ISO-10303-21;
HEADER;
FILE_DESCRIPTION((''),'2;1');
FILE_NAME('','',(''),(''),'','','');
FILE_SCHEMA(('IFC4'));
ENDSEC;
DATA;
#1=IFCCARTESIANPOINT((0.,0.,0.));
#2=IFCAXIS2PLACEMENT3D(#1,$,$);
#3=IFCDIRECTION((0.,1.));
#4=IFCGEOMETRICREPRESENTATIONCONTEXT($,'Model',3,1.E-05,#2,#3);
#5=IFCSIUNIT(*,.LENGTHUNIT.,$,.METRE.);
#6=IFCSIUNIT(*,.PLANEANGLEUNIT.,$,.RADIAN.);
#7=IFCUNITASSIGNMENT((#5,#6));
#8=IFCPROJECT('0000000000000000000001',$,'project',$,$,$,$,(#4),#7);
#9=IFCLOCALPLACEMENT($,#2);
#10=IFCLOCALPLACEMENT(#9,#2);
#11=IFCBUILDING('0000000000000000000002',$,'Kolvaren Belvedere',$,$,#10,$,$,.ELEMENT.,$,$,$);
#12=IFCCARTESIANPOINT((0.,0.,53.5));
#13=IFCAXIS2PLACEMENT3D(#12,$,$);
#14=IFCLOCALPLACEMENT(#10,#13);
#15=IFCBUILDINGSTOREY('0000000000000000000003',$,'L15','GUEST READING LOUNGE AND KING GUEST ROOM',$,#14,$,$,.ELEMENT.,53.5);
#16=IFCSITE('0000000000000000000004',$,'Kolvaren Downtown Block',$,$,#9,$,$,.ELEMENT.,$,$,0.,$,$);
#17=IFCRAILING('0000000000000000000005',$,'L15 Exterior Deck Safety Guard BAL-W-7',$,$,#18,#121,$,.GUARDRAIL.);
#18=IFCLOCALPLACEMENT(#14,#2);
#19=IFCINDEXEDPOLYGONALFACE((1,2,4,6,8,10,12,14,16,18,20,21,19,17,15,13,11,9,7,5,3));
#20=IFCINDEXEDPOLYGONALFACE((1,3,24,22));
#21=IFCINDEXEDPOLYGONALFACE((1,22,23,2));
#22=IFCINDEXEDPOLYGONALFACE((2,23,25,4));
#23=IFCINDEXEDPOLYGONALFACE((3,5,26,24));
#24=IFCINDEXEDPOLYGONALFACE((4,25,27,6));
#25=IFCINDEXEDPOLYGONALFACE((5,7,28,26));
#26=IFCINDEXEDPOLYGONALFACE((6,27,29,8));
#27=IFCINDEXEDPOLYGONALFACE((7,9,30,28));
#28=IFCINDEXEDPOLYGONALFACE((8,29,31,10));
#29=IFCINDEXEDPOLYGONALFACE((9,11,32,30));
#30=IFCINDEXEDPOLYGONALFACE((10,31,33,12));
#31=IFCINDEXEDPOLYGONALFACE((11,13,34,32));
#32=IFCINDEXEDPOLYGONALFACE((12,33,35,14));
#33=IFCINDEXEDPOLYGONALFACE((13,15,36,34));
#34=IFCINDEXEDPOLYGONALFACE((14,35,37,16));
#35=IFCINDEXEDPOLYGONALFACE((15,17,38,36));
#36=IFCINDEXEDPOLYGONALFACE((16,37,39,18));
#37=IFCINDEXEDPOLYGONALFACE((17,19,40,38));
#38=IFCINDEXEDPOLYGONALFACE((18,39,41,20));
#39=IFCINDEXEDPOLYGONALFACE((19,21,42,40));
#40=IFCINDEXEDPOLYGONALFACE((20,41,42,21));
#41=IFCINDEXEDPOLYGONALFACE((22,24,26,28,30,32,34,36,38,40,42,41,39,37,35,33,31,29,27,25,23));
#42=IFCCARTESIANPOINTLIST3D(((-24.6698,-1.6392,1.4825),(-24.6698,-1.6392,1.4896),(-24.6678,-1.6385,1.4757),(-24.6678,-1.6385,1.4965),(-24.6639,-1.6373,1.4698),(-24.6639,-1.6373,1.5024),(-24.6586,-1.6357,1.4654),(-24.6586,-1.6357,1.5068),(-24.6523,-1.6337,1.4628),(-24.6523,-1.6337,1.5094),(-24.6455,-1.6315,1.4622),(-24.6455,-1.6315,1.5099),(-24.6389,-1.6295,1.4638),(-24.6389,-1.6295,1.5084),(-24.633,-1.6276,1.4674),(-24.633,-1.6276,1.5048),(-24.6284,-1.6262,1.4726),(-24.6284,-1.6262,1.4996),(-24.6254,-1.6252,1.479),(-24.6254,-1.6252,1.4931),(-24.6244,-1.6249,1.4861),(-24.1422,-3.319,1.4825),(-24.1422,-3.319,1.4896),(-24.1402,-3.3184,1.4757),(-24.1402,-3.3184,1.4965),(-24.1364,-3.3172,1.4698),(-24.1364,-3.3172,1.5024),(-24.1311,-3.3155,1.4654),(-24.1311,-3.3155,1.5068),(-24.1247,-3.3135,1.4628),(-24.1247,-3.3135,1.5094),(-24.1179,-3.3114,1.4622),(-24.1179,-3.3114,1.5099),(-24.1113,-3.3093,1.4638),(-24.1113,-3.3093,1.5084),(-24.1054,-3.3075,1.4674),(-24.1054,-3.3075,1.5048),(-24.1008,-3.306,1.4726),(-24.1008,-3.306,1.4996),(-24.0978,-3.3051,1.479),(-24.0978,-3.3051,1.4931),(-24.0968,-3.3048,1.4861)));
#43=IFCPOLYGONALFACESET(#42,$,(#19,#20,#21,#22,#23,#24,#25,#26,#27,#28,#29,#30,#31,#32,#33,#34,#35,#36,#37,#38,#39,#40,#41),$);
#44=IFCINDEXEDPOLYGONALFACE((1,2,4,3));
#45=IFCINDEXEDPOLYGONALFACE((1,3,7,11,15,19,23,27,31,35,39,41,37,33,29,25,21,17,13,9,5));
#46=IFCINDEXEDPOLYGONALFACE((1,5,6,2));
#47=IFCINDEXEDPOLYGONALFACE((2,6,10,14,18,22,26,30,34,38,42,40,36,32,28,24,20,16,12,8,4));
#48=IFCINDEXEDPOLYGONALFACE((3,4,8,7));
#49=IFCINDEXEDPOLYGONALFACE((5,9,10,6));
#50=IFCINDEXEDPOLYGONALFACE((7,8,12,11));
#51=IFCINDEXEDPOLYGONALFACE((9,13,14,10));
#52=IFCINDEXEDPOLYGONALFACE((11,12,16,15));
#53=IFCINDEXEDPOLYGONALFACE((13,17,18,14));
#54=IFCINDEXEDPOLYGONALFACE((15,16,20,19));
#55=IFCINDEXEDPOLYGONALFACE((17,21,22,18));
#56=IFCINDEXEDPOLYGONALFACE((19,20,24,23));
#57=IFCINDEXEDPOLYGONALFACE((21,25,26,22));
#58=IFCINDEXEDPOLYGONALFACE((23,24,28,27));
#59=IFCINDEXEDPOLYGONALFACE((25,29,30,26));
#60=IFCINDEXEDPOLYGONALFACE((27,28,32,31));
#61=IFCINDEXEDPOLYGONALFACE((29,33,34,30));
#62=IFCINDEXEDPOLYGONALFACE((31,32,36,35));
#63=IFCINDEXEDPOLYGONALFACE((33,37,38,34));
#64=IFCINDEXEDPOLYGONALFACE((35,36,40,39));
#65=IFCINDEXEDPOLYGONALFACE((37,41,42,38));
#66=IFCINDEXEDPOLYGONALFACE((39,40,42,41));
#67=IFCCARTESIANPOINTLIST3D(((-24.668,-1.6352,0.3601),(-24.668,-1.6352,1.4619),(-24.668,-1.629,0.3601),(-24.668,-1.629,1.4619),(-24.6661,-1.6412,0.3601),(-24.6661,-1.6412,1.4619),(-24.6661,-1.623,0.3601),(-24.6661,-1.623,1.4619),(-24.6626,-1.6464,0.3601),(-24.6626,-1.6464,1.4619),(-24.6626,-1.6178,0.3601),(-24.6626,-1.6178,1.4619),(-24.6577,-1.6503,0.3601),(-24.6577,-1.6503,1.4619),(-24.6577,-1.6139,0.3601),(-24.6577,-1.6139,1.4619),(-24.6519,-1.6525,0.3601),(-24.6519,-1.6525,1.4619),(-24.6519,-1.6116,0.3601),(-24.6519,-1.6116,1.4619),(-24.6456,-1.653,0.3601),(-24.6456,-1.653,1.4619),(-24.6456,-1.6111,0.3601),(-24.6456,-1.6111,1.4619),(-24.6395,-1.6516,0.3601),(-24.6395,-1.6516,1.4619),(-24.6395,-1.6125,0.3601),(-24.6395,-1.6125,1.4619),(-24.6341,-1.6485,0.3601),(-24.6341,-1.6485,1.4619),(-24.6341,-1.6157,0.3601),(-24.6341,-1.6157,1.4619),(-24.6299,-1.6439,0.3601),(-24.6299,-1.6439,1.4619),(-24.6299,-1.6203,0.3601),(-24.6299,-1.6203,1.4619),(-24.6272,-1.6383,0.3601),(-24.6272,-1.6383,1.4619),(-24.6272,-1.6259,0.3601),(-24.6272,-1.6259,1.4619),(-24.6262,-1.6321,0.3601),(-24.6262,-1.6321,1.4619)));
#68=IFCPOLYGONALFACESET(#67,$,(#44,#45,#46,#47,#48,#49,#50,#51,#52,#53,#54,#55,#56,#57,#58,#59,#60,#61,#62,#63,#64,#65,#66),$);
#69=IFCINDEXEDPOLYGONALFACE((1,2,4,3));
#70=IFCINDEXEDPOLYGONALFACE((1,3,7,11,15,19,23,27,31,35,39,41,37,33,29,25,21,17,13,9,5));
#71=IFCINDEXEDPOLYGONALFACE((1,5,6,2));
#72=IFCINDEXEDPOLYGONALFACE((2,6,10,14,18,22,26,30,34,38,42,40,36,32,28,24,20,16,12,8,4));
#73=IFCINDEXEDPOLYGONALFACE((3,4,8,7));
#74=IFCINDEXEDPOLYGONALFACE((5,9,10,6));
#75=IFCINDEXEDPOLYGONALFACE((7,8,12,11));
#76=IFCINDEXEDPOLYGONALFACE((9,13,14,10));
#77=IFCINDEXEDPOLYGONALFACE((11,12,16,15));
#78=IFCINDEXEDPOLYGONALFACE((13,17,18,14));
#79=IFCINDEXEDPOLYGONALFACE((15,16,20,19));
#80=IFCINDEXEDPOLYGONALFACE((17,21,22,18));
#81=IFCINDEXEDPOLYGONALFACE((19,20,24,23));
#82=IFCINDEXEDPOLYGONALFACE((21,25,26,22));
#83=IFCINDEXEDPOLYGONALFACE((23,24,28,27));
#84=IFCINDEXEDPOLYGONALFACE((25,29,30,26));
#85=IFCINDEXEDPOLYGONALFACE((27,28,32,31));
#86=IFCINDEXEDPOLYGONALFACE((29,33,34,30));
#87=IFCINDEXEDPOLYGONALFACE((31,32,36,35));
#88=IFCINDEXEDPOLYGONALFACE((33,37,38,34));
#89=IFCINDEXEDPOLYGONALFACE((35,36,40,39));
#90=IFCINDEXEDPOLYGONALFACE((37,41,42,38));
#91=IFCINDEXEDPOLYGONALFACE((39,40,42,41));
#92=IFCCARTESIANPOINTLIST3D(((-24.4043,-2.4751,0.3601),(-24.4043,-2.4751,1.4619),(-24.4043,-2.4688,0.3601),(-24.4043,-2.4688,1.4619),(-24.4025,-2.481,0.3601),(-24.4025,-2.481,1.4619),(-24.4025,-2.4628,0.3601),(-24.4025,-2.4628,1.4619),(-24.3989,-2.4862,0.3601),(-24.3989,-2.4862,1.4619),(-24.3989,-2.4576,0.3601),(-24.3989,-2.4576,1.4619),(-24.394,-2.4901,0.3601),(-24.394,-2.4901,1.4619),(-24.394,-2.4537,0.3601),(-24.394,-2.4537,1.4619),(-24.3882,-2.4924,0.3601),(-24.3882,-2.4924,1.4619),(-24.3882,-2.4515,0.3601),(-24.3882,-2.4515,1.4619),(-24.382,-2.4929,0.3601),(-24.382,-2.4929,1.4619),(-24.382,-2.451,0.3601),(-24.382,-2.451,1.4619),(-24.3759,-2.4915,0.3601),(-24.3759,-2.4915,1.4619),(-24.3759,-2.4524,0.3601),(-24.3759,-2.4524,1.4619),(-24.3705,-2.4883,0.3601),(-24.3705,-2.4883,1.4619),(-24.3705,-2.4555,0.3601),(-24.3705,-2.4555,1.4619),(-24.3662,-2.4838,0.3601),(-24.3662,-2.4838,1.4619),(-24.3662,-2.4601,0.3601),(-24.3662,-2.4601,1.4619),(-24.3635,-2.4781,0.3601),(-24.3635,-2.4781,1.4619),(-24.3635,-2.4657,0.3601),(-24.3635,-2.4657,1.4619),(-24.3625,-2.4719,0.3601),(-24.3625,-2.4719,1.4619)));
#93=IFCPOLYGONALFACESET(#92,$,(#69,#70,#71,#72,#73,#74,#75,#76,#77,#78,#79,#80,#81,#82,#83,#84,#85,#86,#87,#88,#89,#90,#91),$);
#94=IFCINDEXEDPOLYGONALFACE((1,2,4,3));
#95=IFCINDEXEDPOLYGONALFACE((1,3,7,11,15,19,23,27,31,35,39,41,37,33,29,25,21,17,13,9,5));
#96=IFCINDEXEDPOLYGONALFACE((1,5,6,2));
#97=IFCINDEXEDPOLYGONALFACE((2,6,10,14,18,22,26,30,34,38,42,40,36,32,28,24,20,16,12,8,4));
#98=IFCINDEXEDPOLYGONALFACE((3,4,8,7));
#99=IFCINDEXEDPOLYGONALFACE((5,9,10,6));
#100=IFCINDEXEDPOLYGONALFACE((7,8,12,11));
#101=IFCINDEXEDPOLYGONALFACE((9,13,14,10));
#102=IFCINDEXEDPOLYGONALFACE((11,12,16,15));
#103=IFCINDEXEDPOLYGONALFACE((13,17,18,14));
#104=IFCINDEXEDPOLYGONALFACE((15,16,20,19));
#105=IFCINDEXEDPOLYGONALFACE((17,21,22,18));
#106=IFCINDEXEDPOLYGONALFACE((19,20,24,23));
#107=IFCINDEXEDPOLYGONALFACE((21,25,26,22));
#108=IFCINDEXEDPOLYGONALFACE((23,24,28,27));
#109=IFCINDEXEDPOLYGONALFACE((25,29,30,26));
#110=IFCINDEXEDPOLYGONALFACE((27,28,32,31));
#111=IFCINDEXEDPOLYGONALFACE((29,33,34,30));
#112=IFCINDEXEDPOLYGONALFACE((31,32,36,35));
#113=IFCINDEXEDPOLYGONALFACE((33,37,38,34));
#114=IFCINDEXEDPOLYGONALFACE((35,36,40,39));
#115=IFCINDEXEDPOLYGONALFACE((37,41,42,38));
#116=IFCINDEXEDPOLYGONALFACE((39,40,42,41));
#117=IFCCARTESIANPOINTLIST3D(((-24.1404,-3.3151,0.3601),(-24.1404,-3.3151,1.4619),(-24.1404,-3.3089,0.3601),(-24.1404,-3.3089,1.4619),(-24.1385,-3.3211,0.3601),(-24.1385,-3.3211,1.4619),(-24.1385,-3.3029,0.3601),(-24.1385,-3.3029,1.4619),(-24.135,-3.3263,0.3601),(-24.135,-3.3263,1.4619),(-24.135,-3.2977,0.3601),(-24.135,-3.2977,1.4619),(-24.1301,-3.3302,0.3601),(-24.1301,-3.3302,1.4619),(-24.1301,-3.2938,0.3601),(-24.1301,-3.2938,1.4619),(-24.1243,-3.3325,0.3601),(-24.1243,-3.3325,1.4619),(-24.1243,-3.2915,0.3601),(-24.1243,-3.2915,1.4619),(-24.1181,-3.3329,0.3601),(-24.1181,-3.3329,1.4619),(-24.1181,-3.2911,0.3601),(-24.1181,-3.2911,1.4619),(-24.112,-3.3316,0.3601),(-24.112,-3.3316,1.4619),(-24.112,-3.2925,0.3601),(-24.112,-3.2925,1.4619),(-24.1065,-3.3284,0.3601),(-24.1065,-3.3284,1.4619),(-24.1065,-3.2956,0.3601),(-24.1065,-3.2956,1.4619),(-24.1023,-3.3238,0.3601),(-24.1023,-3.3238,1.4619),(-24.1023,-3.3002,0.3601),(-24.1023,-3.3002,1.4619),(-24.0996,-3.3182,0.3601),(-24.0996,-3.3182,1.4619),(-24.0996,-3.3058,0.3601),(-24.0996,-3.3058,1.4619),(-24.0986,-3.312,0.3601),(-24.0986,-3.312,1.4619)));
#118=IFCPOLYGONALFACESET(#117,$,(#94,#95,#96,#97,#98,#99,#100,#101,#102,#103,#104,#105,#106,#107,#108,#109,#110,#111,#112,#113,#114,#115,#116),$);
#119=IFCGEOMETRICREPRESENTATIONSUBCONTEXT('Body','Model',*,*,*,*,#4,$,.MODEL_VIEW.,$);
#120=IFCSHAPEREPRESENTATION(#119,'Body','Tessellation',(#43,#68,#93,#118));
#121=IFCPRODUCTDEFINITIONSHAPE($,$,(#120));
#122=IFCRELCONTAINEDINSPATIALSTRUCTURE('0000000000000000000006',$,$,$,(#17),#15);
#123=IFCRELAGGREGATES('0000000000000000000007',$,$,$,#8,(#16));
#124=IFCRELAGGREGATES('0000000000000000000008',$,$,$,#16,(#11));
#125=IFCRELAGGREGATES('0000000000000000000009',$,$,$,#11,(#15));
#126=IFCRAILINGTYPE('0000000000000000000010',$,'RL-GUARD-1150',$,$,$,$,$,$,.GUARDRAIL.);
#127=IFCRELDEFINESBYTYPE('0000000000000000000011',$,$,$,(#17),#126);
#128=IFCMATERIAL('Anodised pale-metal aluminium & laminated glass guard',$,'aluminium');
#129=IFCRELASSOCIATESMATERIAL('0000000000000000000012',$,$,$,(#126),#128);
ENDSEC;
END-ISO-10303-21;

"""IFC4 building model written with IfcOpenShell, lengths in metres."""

from ifc_helpers import new_model, si_unit, direction, frame, origin, origin_2d, place, context, subcontext, project, spatial, circle, extrude, material, type_object, element, save


model = new_model("IFC4")

# Units and contexts
model_context = context("Model", 3, precision=1e-05, world=origin(), true_north=direction((0.0, 1.0)))
body_context = subcontext(model_context, "Body", "Model", "MODEL_VIEW")
ifc_project = project(units=[si_unit("LENGTHUNIT", "METRE"), si_unit("PLANEANGLEUNIT", "RADIAN")], contexts=[model_context])

# Site, building, storey
site_placement = place(None, origin())
site = spatial("IfcSite", under=ifc_project, at=site_placement, Name="Kolvaren Downtown Block", CompositionType="ELEMENT", RefElevation=0.0)
building_placement = place(site_placement, origin())
building = spatial("IfcBuilding", under=site, at=building_placement, Name="Kolvaren Belvedere", CompositionType="ELEMENT")
storey_placement = place(building_placement, frame((0.0, 0.0, 53.5)))
storey = spatial("IfcBuildingStorey", under=building, at=storey_placement, Name="L15", Description="GUEST READING LOUNGE AND KING GUEST ROOM", CompositionType="ELEMENT", Elevation=53.5)

# Railing
ifc_material_1 = material(Name="Anodised pale-metal aluminium & laminated glass guard", Category="aluminium")
railing_type = type_object("IfcRailingType", Name="RL-GUARD-1150", PredefinedType="GUARDRAIL", material=ifc_material_1)
railing_1_placement = place(storey_placement, frame((-24.6472, -1.6321, 0.3601)))
element("IfcRailing", 1, at=railing_1_placement, inside=storey, type_object=railing_type, Name="L15 Exterior Deck Safety Guard BAL-W-7", PredefinedType="GUARDRAIL", context=body_context, shape_type="SweptSolid", body=[
    extrude(circle(Radius=0.0239, at=origin_2d()), frame((0.0, 0.0, 1.126), z_axis=(0.299625, -0.954057, 0.0), x_axis=(0.954057, 0.299625, 0.0)), (0.0, 0.0, 1.0), 1.7607),
    extrude(circle(Radius=0.021, at=origin_2d()), origin(), (0.0, 0.0, 1.0), 1.1018),
    extrude(circle(Radius=0.021, at=origin_2d()), frame((0.2637, -0.8398, 0.0)), (0.0, 0.0, 1.0), 1.1018),
    extrude(circle(Radius=0.021, at=origin_2d()), frame((0.5276, -1.6799, 0.0)), (0.0, 0.0, 1.0), 1.1018),
])

save(model, "model.ifc")
